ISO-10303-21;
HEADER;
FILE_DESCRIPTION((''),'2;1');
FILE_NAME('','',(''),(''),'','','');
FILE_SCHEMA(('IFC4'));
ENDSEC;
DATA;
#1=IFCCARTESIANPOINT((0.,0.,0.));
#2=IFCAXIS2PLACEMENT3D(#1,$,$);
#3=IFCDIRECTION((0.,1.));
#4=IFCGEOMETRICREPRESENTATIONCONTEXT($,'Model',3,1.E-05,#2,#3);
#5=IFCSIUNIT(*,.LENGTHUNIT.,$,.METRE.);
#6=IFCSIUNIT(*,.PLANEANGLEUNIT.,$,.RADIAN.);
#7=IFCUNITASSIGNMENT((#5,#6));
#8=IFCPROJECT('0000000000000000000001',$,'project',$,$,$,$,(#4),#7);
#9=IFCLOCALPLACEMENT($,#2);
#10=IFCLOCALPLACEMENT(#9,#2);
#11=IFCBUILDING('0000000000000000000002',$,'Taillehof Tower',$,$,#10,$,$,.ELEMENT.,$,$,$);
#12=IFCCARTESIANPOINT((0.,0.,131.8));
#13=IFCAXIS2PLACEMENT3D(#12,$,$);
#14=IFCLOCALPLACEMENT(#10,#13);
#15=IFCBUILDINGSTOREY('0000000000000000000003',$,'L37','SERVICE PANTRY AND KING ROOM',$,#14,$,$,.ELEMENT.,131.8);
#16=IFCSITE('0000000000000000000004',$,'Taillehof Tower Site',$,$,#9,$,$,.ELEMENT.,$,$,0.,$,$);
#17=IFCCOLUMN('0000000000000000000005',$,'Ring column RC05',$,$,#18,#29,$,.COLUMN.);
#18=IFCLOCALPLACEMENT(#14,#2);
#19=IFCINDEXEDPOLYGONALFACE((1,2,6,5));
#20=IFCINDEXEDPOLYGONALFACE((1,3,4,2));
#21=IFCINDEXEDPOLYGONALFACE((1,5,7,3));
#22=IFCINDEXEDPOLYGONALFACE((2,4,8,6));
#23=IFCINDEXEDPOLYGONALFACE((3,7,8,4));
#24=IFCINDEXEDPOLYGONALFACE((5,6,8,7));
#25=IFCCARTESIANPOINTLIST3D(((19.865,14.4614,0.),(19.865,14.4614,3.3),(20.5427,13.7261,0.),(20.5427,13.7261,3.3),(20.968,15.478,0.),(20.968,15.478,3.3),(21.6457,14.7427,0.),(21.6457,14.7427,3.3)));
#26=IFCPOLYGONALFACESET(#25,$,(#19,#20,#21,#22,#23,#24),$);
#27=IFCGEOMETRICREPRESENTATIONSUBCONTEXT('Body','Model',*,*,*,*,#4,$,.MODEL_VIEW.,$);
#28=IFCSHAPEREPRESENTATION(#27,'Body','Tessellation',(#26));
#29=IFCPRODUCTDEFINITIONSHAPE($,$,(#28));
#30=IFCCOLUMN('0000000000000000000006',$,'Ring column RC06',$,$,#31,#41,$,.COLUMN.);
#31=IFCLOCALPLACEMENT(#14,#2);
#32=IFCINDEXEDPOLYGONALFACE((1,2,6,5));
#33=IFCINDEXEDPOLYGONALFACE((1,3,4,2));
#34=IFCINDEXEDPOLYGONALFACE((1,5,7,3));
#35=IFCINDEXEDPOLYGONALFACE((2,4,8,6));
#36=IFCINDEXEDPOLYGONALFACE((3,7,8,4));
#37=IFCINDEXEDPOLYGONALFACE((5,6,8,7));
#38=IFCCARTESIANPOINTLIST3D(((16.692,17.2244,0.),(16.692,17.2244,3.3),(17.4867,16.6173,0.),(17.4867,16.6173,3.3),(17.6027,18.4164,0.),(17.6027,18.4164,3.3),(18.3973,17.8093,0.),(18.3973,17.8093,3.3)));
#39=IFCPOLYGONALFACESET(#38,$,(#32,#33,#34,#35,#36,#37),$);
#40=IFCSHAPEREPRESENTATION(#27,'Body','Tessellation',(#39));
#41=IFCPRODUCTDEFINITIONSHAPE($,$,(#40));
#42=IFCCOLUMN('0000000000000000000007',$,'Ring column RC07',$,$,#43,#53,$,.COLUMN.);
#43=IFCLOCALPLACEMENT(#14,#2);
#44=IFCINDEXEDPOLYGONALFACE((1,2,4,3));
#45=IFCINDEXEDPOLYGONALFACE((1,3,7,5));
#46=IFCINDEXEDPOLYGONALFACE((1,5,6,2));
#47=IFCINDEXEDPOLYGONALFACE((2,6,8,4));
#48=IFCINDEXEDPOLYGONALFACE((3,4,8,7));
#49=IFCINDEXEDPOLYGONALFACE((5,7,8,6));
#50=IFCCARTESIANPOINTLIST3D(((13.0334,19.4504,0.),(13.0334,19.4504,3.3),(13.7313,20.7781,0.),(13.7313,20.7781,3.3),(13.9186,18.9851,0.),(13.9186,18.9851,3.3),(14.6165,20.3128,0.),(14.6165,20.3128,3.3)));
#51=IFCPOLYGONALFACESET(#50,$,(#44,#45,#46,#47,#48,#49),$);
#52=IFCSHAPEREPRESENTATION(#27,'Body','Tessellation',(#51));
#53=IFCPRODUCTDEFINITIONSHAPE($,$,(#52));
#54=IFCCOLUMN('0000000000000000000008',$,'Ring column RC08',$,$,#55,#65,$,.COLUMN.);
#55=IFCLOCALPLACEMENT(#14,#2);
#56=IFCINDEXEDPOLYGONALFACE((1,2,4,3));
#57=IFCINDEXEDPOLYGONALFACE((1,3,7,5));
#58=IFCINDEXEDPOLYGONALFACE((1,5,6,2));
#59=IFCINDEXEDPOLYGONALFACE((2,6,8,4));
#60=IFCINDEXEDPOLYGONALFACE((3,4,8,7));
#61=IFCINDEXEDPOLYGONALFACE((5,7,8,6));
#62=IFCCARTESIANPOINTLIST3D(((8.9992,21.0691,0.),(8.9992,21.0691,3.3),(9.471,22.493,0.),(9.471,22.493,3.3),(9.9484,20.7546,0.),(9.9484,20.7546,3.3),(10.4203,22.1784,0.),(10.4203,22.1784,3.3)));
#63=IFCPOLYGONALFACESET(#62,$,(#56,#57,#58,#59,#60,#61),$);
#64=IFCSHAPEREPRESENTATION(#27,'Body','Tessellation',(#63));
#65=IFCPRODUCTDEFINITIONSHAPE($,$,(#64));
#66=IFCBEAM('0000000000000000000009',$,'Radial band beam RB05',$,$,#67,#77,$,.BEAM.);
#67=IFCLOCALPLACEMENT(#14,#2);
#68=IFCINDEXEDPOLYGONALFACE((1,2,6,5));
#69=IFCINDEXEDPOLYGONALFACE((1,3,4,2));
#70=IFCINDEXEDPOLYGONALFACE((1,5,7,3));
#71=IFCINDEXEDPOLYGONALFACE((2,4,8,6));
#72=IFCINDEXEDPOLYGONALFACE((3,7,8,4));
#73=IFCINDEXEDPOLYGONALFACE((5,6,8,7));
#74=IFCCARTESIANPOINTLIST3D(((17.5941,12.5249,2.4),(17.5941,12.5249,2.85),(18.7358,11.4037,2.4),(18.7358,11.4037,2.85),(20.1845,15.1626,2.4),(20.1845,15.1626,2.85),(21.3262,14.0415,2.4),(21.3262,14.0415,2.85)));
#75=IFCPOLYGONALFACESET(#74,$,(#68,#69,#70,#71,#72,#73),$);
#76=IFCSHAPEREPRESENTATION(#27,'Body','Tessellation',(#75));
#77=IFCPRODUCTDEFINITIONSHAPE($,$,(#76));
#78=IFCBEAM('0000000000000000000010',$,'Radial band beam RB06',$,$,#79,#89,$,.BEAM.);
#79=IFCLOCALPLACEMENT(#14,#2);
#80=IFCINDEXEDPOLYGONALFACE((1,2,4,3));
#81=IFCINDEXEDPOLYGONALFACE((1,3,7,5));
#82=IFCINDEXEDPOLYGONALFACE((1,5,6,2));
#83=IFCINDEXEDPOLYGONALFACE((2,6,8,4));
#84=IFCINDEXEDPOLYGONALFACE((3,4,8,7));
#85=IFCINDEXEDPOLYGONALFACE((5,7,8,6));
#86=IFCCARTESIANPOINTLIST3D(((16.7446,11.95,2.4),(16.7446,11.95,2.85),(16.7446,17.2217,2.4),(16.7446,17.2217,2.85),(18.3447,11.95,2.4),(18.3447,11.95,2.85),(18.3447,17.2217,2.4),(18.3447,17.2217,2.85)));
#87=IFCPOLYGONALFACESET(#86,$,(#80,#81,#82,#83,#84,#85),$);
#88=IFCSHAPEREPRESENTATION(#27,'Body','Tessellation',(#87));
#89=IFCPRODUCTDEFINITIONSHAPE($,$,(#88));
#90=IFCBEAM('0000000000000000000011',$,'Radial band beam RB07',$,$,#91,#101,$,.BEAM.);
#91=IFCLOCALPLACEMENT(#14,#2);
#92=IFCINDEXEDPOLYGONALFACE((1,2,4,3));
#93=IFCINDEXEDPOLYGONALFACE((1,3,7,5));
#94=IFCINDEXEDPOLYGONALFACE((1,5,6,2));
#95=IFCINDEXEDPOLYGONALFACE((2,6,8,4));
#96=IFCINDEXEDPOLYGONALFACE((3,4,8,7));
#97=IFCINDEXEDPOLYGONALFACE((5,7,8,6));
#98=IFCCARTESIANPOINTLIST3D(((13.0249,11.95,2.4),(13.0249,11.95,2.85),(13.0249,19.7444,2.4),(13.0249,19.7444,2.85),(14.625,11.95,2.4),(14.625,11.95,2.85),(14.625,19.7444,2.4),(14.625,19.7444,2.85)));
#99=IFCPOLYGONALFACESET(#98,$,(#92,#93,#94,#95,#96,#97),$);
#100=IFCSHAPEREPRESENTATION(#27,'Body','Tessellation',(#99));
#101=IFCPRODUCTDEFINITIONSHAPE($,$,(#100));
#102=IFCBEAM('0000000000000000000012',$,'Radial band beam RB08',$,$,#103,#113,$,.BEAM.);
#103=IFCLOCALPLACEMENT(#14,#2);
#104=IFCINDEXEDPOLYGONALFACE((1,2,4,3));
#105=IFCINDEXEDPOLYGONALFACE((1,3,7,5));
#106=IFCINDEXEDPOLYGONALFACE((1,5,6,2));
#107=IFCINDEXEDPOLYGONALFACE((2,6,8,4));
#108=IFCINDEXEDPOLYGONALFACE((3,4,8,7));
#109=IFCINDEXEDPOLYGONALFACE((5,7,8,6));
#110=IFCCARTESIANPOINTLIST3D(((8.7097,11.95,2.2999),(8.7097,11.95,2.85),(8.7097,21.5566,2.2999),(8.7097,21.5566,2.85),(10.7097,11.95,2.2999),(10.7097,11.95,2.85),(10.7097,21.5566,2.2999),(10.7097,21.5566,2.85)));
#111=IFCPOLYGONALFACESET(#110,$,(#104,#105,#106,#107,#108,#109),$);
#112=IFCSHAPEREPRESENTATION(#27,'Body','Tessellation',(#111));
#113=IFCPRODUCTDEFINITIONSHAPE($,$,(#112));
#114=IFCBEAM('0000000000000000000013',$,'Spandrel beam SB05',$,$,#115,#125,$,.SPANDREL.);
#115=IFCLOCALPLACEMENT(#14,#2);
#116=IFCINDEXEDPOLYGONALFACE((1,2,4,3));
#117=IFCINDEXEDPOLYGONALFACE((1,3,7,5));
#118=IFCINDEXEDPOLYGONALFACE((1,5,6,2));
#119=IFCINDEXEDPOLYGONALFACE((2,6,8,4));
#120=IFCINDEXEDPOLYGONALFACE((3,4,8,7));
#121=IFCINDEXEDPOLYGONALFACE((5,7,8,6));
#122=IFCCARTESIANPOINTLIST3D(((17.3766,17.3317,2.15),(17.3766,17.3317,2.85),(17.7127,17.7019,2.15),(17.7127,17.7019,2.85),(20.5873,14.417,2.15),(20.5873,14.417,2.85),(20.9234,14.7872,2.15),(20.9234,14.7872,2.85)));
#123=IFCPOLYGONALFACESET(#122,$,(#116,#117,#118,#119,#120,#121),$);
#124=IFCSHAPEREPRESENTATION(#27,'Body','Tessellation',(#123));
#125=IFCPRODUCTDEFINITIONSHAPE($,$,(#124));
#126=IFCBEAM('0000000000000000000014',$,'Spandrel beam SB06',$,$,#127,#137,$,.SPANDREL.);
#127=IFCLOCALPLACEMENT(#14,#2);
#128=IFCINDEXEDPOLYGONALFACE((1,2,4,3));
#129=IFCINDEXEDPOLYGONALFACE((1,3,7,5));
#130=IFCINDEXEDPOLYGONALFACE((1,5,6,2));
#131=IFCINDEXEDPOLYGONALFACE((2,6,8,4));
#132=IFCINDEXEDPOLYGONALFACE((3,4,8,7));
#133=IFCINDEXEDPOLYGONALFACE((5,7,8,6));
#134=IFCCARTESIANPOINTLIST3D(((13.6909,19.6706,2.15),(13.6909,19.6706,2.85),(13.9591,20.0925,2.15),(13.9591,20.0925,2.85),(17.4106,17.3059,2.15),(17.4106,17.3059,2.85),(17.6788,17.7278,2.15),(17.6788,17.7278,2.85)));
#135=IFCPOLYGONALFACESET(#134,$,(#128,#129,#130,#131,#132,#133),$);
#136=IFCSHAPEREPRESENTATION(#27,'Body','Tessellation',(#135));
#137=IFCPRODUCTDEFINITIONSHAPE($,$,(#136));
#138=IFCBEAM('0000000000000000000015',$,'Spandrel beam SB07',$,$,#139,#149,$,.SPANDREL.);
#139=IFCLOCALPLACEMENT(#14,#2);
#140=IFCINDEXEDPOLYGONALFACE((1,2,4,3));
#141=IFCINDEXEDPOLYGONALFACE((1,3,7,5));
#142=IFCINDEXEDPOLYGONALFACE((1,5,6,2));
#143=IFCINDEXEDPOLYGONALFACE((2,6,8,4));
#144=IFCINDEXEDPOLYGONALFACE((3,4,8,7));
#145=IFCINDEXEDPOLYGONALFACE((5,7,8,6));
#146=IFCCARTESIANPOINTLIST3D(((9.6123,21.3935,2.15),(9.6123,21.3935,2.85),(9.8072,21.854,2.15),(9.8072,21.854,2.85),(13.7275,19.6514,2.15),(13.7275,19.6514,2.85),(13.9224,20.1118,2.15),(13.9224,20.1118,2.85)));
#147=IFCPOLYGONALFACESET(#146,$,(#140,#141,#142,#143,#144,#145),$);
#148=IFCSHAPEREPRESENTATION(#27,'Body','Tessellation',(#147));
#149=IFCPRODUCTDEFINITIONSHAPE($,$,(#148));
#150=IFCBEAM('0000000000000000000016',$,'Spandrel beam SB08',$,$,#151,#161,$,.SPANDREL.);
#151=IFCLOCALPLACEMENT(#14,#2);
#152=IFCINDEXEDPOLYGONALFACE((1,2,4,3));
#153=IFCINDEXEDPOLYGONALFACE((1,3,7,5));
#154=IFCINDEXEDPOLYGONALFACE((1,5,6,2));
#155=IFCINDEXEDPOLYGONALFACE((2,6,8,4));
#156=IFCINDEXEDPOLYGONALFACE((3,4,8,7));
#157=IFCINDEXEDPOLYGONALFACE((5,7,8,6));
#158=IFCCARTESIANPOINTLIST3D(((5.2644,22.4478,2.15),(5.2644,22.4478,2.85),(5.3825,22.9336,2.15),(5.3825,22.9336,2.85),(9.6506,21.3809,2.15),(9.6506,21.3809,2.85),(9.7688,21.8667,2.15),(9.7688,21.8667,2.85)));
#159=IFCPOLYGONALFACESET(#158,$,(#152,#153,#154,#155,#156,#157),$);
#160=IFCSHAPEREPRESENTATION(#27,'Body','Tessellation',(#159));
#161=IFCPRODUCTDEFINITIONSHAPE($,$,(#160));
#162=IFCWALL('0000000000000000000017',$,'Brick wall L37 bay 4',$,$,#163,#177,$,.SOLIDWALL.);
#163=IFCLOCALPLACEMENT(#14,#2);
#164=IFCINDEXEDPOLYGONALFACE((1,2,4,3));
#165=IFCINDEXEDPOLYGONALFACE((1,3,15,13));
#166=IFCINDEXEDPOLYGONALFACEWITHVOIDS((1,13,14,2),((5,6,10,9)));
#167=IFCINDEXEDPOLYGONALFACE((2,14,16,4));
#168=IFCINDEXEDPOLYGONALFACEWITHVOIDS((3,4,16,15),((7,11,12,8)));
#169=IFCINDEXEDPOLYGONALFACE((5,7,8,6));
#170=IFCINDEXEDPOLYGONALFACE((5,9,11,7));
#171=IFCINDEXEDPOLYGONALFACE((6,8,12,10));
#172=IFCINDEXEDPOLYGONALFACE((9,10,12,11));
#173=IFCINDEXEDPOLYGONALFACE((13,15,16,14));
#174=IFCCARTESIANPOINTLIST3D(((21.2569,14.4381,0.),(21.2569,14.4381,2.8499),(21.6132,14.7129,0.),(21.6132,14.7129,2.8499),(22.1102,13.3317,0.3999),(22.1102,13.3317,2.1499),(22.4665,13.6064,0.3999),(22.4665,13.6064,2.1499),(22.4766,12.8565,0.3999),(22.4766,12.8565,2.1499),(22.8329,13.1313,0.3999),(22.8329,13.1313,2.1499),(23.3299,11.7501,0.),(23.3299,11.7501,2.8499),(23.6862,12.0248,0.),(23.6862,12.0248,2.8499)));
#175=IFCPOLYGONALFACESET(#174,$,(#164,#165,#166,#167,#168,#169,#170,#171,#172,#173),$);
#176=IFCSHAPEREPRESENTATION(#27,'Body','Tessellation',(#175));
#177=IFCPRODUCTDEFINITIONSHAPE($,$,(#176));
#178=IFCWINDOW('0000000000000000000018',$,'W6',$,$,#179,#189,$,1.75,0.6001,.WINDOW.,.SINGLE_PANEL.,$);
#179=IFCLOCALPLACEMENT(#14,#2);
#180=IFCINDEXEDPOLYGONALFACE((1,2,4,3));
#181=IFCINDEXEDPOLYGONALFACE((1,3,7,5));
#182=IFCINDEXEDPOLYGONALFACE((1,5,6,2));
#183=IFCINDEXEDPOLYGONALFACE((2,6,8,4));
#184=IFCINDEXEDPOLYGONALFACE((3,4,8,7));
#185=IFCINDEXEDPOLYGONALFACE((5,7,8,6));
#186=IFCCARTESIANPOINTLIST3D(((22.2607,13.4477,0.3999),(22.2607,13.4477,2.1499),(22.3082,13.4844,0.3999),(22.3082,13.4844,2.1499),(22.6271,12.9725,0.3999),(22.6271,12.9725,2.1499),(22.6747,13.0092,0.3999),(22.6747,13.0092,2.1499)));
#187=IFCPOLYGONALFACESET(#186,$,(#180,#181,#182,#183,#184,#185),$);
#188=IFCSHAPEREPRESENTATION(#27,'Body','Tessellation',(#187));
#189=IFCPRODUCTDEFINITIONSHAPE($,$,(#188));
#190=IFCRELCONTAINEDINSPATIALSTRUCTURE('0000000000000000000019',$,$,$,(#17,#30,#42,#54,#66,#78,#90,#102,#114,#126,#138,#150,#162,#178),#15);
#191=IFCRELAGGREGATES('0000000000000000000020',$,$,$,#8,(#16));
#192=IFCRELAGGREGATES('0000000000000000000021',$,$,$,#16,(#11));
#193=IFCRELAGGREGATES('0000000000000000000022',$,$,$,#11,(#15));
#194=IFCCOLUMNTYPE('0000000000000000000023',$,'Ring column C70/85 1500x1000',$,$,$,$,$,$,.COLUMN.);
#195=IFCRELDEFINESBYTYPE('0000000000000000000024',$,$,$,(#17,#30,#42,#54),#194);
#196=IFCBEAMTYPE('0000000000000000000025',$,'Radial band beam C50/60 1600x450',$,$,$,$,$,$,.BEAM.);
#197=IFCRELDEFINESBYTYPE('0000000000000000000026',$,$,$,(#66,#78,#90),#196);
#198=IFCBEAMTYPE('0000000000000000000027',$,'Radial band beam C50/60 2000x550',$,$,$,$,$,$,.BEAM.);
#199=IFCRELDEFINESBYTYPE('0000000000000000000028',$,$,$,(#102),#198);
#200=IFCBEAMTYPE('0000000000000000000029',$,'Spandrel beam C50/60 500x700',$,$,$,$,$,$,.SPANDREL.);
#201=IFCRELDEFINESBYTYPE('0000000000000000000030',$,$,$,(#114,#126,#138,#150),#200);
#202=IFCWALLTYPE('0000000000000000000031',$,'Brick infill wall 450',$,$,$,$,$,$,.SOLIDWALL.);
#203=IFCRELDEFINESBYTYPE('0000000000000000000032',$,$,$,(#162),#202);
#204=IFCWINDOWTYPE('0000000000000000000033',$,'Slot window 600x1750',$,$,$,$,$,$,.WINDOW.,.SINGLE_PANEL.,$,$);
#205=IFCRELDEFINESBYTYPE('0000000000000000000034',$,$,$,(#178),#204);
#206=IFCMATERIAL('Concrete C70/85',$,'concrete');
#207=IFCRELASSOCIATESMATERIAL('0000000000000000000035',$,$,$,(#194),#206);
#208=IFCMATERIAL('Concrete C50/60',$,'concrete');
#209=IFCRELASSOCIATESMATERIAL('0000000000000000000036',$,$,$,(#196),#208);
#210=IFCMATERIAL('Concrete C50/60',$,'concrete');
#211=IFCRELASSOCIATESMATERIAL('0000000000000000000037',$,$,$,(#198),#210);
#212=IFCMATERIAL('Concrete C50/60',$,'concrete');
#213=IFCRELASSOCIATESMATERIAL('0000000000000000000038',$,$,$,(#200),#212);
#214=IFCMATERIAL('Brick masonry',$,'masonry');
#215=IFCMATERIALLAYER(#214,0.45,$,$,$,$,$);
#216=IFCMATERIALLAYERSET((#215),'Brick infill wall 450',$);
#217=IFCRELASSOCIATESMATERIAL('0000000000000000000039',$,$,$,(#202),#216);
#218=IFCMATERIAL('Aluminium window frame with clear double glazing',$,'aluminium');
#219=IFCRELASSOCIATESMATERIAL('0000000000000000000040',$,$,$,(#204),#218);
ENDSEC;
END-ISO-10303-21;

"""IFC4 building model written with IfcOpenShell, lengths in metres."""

from ifc_helpers import new_model, si_unit, direction, frame, frame_2d, origin, origin_2d, place, context, subcontext, project, spatial, rectangle, extrude, material, layer, layer_set, material_profile, profile_set, type_object, element, fill, save


model = new_model("IFC4")

# Units and contexts
model_context = context("Model", 3, precision=1e-05, world=origin(), true_north=direction((0.0, 1.0)))
body_context = subcontext(model_context, "Body", "Model", "MODEL_VIEW")
ifc_project = project(units=[si_unit("LENGTHUNIT", "METRE"), si_unit("PLANEANGLEUNIT", "RADIAN")], contexts=[model_context])

# Site, building, storey
site_placement = place(None, origin())
site = spatial("IfcSite", under=ifc_project, at=site_placement, Name="Taillehof Tower Site", CompositionType="ELEMENT", RefElevation=0.0)
building_placement = place(site_placement, origin())
building = spatial("IfcBuilding", under=site, at=building_placement, Name="Taillehof Tower", CompositionType="ELEMENT")
storey_placement = place(building_placement, frame((0.0, 0.0, 131.8)))
storey = spatial("IfcBuildingStorey", under=building, at=storey_placement, Name="L37", Description="SERVICE PANTRY AND KING ROOM", CompositionType="ELEMENT", Elevation=131.8)

# Columns
ifc_material_1 = material(Name="Concrete C70/85", Category="concrete")
ifc_material_profile_1 = material_profile(ifc_material_1, rectangle(XDim=1.5, YDim=1.0, at=origin_2d()), Name="RC 1500x1000")
ifc_profile_set_1 = profile_set([ifc_material_profile_1], Name="Concrete C70/85")
column_type = type_object("IfcColumnType", Name="Ring column C70/85 1500x1000", PredefinedType="COLUMN", material=ifc_profile_set_1)
for number, where, z_axis, x_axis, name in (
    (1, (20.7554, 14.6021, 0.0), (0.0, 0.0, 1.0), (0.735332, 0.677707, 0.0), "Ring column RC05"),
    (2, (17.5447, 17.5168, 0.0), (0.0, 0.0, 1.0), (0.607074, 0.794645, 0.0), "Ring column RC06"),
    (3, (13.825, 19.8816, 0.0), (0.0, 0.0, 1.0), (0.465283, 0.885162, 0.0), "Ring column RC07"),
    (4, (9.7097, 21.6238, 0.0), (0.0, 0.0, 1.0), (0.314555, 0.949239, 0.0), "Ring column RC08"),
):
    element("IfcColumn", number, at=place(storey_placement, frame(where, z_axis=z_axis, x_axis=x_axis)), inside=storey, type_object=column_type, Name=name, PredefinedType="COLUMN", context=body_context, shape_type="SweptSolid", body=[
        extrude(rectangle(XDim=1.5, YDim=1.0, at=origin_2d()), origin(), (0.0, 0.0, 1.0), 3.3),
    ])

# Beams
ifc_material_2 = material(Name="Concrete C50/60", Category="concrete")
ifc_material_profile_2 = material_profile(ifc_material_2, rectangle(XDim=1.6001, YDim=0.45, at=origin_2d()), Name="RC 1600x450")
ifc_profile_set_2 = profile_set([ifc_material_profile_2], Name="Concrete C50/60")
beam_type_1 = type_object("IfcBeamType", Name="Radial band beam C50/60 1600x450", PredefinedType="BEAM", material=ifc_profile_set_2)
beam_1_placement = place(storey_placement, frame((20.7554, 14.6021, 2.625), z_axis=(-0.700672, -0.713484, 0.0), x_axis=(0.713484, -0.700672, 0.0)))
element("IfcBeam", 5, at=beam_1_placement, inside=storey, type_object=beam_type_1, Name="Radial band beam RB05", PredefinedType="BEAM", context=body_context, shape_type="SweptSolid", body=[
    extrude(rectangle(XDim=1.6001, YDim=0.45, at=origin_2d()), origin(), (0.0, 0.0, 1.0), 3.697),
])
beam_2_placement = place(storey_placement, frame((17.5447, 17.2217, 2.625), z_axis=(0.0, -1.0, 0.0), x_axis=(1.0, 0.0, 0.0)))
element("IfcBeam", 6, at=beam_2_placement, inside=storey, type_object=beam_type_1, Name="Radial band beam RB06", PredefinedType="BEAM", context=body_context, shape_type="SweptSolid", body=[
    extrude(rectangle(XDim=1.6001, YDim=0.45, at=origin_2d()), origin(), (0.0, 0.0, 1.0), 5.2717),
])
beam_3_placement = place(storey_placement, frame((13.825, 19.7444, 2.625), z_axis=(0.0, -1.0, 0.0), x_axis=(1.0, 0.0, 0.0)))
element("IfcBeam", 7, at=beam_3_placement, inside=storey, type_object=beam_type_1, Name="Radial band beam RB07", PredefinedType="BEAM", context=body_context, shape_type="SweptSolid", body=[
    extrude(rectangle(XDim=1.6001, YDim=0.45, at=origin_2d()), origin(), (0.0, 0.0, 1.0), 7.7944),
])
ifc_material_3 = material(Name="Concrete C50/60", Category="concrete")
ifc_material_profile_3 = material_profile(ifc_material_3, rectangle(XDim=2.0, YDim=0.55, at=origin_2d()), Name="RC 2000x550")
ifc_profile_set_3 = profile_set([ifc_material_profile_3], Name="Concrete C50/60")
beam_type_2 = type_object("IfcBeamType", Name="Radial band beam C50/60 2000x550", PredefinedType="BEAM", material=ifc_profile_set_3)
beam_4_placement = place(storey_placement, frame((9.7097, 21.5566, 2.575), z_axis=(0.0, -1.0, 0.0), x_axis=(1.0, 0.0, 0.0)))
element("IfcBeam", 8, at=beam_4_placement, inside=storey, type_object=beam_type_2, Name="Radial band beam RB08", PredefinedType="BEAM", context=body_context, shape_type="SweptSolid", body=[
    extrude(rectangle(XDim=2.0, YDim=0.55, at=origin_2d()), origin(), (0.0, 0.0, 1.0), 9.6067),
])
ifc_material_4 = material(Name="Concrete C50/60", Category="concrete")
ifc_material_profile_4 = material_profile(ifc_material_4, rectangle(XDim=0.5, YDim=0.7, at=origin_2d()), Name="RC 500x700")
ifc_profile_set_4 = profile_set([ifc_material_profile_4], Name="Concrete C50/60")
beam_type_3 = type_object("IfcBeamType", Name="Spandrel beam C50/60 500x700", PredefinedType="SPANDREL", material=ifc_profile_set_4)
beam_5_placement = place(storey_placement, frame((20.7554, 14.6021, 2.5), z_axis=(-0.740401, 0.672165, 0.0), x_axis=(-0.672165, -0.740401, 0.0)))
element("IfcBeam", 9, at=beam_5_placement, inside=storey, type_object=beam_type_3, Name="Spandrel beam SB05", PredefinedType="SPANDREL", context=body_context, shape_type="SweptSolid", body=[
    extrude(rectangle(XDim=0.5, YDim=0.7, at=origin_2d()), origin(), (0.0, 0.0, 1.0), 4.3364),
])
beam_6_placement = place(storey_placement, frame((17.5447, 17.5168, 2.5), z_axis=(-0.843903, 0.536496, 0.0), x_axis=(-0.536496, -0.843903, 0.0)))
element("IfcBeam", 10, at=beam_6_placement, inside=storey, type_object=beam_type_3, Name="Spandrel beam SB06", PredefinedType="SPANDREL", context=body_context, shape_type="SweptSolid", body=[
    extrude(rectangle(XDim=0.5, YDim=0.7, at=origin_2d()), origin(), (0.0, 0.0, 1.0), 4.4077),
])
beam_7_placement = place(storey_placement, frame((13.825, 19.8816, 2.5), z_axis=(-0.920877, 0.389854, 0.0), x_axis=(-0.389854, -0.920877, 0.0)))
element("IfcBeam", 11, at=beam_7_placement, inside=storey, type_object=beam_type_3, Name="Spandrel beam SB07", PredefinedType="SPANDREL", context=body_context, shape_type="SweptSolid", body=[
    extrude(rectangle(XDim=0.5, YDim=0.7, at=origin_2d()), origin(), (0.0, 0.0, 1.0), 4.4688),
])
beam_8_placement = place(storey_placement, frame((9.7097, 21.6238, 2.5), z_axis=(-0.971669, 0.236346, 0.0), x_axis=(-0.236346, -0.971669, 0.0)))
element("IfcBeam", 12, at=beam_8_placement, inside=storey, type_object=beam_type_3, Name="Spandrel beam SB08", PredefinedType="SPANDREL", context=body_context, shape_type="SweptSolid", body=[
    extrude(rectangle(XDim=0.5, YDim=0.7, at=origin_2d()), origin(), (0.0, 0.0, 1.0), 4.5142),
])

# Wall, opening, window
ifc_material_5 = material(Name="Brick masonry", Category="masonry")
ifc_layer_1 = layer(ifc_material_5, 0.45)
ifc_layer_set_1 = layer_set([ifc_layer_1], Name="Brick infill wall 450")
wall_type_1 = type_object("IfcWallType", Name="Brick infill wall 450", PredefinedType="SOLIDWALL", material=ifc_layer_set_1)
wall_1_placement = place(storey_placement, frame((23.5081, 11.8875, 0.0), z_axis=(0.0, 0.0, 1.0), x_axis=(-0.610694, 0.791867, 0.0)))
wall_1 = element("IfcWall", 13, at=wall_1_placement, inside=storey, type_object=wall_type_1, Name="Brick wall L37 bay 4", PredefinedType="SOLIDWALL", context=body_context, shape_type="SweptSolid", body=[
    extrude(rectangle(XDim=3.3945, YDim=0.45, at=frame_2d((1.6973, 0.0))), origin(), (0.0, 0.0, 1.0), 2.8499),
])
opening_1_placement = place(wall_1_placement, frame((1.3972, 0.0, 0.3999)))
opening_1 = element("IfcOpeningElement", 14, at=opening_1_placement, cuts=wall_1, PredefinedType="OPENING", context=body_context, shape_type="SweptSolid", body=[
    extrude(rectangle(XDim=0.6001, YDim=1.75, at=frame_2d((0.3, 0.875))), frame((0.0, 0.2349, 0.0), z_axis=(0.0, -1.0, 0.0), x_axis=(1.0, 0.0, 0.0)), (0.0, 0.0, 1.0), 0.47),
])
ifc_material_6 = material(Name="Aluminium window frame with clear double glazing", Category="aluminium")
window_type_1 = type_object("IfcWindowType", Name="Slot window 600x1750", PartitioningType="SINGLE_PANEL", PredefinedType="WINDOW", material=ifc_material_6)
window_1_placement = place(opening_1_placement, origin())
window_1 = element("IfcWindow", 15, at=window_1_placement, inside=storey, type_object=window_type_1, Name="W6", OverallHeight=1.75, OverallWidth=0.6001, PartitioningType="SINGLE_PANEL", PredefinedType="WINDOW", context=body_context, shape_type="SweptSolid", body=[
    extrude(rectangle(XDim=0.6001, YDim=1.75, at=frame_2d((0.3, 0.875))), frame((0.0, 0.0349, 0.0), z_axis=(0.0, -1.0, 0.0), x_axis=(1.0, 0.0, 0.0)), (0.0, 0.0, 1.0), 0.0601),
])
fill(opening_1, window_1)

save(model, "model.ifc")
